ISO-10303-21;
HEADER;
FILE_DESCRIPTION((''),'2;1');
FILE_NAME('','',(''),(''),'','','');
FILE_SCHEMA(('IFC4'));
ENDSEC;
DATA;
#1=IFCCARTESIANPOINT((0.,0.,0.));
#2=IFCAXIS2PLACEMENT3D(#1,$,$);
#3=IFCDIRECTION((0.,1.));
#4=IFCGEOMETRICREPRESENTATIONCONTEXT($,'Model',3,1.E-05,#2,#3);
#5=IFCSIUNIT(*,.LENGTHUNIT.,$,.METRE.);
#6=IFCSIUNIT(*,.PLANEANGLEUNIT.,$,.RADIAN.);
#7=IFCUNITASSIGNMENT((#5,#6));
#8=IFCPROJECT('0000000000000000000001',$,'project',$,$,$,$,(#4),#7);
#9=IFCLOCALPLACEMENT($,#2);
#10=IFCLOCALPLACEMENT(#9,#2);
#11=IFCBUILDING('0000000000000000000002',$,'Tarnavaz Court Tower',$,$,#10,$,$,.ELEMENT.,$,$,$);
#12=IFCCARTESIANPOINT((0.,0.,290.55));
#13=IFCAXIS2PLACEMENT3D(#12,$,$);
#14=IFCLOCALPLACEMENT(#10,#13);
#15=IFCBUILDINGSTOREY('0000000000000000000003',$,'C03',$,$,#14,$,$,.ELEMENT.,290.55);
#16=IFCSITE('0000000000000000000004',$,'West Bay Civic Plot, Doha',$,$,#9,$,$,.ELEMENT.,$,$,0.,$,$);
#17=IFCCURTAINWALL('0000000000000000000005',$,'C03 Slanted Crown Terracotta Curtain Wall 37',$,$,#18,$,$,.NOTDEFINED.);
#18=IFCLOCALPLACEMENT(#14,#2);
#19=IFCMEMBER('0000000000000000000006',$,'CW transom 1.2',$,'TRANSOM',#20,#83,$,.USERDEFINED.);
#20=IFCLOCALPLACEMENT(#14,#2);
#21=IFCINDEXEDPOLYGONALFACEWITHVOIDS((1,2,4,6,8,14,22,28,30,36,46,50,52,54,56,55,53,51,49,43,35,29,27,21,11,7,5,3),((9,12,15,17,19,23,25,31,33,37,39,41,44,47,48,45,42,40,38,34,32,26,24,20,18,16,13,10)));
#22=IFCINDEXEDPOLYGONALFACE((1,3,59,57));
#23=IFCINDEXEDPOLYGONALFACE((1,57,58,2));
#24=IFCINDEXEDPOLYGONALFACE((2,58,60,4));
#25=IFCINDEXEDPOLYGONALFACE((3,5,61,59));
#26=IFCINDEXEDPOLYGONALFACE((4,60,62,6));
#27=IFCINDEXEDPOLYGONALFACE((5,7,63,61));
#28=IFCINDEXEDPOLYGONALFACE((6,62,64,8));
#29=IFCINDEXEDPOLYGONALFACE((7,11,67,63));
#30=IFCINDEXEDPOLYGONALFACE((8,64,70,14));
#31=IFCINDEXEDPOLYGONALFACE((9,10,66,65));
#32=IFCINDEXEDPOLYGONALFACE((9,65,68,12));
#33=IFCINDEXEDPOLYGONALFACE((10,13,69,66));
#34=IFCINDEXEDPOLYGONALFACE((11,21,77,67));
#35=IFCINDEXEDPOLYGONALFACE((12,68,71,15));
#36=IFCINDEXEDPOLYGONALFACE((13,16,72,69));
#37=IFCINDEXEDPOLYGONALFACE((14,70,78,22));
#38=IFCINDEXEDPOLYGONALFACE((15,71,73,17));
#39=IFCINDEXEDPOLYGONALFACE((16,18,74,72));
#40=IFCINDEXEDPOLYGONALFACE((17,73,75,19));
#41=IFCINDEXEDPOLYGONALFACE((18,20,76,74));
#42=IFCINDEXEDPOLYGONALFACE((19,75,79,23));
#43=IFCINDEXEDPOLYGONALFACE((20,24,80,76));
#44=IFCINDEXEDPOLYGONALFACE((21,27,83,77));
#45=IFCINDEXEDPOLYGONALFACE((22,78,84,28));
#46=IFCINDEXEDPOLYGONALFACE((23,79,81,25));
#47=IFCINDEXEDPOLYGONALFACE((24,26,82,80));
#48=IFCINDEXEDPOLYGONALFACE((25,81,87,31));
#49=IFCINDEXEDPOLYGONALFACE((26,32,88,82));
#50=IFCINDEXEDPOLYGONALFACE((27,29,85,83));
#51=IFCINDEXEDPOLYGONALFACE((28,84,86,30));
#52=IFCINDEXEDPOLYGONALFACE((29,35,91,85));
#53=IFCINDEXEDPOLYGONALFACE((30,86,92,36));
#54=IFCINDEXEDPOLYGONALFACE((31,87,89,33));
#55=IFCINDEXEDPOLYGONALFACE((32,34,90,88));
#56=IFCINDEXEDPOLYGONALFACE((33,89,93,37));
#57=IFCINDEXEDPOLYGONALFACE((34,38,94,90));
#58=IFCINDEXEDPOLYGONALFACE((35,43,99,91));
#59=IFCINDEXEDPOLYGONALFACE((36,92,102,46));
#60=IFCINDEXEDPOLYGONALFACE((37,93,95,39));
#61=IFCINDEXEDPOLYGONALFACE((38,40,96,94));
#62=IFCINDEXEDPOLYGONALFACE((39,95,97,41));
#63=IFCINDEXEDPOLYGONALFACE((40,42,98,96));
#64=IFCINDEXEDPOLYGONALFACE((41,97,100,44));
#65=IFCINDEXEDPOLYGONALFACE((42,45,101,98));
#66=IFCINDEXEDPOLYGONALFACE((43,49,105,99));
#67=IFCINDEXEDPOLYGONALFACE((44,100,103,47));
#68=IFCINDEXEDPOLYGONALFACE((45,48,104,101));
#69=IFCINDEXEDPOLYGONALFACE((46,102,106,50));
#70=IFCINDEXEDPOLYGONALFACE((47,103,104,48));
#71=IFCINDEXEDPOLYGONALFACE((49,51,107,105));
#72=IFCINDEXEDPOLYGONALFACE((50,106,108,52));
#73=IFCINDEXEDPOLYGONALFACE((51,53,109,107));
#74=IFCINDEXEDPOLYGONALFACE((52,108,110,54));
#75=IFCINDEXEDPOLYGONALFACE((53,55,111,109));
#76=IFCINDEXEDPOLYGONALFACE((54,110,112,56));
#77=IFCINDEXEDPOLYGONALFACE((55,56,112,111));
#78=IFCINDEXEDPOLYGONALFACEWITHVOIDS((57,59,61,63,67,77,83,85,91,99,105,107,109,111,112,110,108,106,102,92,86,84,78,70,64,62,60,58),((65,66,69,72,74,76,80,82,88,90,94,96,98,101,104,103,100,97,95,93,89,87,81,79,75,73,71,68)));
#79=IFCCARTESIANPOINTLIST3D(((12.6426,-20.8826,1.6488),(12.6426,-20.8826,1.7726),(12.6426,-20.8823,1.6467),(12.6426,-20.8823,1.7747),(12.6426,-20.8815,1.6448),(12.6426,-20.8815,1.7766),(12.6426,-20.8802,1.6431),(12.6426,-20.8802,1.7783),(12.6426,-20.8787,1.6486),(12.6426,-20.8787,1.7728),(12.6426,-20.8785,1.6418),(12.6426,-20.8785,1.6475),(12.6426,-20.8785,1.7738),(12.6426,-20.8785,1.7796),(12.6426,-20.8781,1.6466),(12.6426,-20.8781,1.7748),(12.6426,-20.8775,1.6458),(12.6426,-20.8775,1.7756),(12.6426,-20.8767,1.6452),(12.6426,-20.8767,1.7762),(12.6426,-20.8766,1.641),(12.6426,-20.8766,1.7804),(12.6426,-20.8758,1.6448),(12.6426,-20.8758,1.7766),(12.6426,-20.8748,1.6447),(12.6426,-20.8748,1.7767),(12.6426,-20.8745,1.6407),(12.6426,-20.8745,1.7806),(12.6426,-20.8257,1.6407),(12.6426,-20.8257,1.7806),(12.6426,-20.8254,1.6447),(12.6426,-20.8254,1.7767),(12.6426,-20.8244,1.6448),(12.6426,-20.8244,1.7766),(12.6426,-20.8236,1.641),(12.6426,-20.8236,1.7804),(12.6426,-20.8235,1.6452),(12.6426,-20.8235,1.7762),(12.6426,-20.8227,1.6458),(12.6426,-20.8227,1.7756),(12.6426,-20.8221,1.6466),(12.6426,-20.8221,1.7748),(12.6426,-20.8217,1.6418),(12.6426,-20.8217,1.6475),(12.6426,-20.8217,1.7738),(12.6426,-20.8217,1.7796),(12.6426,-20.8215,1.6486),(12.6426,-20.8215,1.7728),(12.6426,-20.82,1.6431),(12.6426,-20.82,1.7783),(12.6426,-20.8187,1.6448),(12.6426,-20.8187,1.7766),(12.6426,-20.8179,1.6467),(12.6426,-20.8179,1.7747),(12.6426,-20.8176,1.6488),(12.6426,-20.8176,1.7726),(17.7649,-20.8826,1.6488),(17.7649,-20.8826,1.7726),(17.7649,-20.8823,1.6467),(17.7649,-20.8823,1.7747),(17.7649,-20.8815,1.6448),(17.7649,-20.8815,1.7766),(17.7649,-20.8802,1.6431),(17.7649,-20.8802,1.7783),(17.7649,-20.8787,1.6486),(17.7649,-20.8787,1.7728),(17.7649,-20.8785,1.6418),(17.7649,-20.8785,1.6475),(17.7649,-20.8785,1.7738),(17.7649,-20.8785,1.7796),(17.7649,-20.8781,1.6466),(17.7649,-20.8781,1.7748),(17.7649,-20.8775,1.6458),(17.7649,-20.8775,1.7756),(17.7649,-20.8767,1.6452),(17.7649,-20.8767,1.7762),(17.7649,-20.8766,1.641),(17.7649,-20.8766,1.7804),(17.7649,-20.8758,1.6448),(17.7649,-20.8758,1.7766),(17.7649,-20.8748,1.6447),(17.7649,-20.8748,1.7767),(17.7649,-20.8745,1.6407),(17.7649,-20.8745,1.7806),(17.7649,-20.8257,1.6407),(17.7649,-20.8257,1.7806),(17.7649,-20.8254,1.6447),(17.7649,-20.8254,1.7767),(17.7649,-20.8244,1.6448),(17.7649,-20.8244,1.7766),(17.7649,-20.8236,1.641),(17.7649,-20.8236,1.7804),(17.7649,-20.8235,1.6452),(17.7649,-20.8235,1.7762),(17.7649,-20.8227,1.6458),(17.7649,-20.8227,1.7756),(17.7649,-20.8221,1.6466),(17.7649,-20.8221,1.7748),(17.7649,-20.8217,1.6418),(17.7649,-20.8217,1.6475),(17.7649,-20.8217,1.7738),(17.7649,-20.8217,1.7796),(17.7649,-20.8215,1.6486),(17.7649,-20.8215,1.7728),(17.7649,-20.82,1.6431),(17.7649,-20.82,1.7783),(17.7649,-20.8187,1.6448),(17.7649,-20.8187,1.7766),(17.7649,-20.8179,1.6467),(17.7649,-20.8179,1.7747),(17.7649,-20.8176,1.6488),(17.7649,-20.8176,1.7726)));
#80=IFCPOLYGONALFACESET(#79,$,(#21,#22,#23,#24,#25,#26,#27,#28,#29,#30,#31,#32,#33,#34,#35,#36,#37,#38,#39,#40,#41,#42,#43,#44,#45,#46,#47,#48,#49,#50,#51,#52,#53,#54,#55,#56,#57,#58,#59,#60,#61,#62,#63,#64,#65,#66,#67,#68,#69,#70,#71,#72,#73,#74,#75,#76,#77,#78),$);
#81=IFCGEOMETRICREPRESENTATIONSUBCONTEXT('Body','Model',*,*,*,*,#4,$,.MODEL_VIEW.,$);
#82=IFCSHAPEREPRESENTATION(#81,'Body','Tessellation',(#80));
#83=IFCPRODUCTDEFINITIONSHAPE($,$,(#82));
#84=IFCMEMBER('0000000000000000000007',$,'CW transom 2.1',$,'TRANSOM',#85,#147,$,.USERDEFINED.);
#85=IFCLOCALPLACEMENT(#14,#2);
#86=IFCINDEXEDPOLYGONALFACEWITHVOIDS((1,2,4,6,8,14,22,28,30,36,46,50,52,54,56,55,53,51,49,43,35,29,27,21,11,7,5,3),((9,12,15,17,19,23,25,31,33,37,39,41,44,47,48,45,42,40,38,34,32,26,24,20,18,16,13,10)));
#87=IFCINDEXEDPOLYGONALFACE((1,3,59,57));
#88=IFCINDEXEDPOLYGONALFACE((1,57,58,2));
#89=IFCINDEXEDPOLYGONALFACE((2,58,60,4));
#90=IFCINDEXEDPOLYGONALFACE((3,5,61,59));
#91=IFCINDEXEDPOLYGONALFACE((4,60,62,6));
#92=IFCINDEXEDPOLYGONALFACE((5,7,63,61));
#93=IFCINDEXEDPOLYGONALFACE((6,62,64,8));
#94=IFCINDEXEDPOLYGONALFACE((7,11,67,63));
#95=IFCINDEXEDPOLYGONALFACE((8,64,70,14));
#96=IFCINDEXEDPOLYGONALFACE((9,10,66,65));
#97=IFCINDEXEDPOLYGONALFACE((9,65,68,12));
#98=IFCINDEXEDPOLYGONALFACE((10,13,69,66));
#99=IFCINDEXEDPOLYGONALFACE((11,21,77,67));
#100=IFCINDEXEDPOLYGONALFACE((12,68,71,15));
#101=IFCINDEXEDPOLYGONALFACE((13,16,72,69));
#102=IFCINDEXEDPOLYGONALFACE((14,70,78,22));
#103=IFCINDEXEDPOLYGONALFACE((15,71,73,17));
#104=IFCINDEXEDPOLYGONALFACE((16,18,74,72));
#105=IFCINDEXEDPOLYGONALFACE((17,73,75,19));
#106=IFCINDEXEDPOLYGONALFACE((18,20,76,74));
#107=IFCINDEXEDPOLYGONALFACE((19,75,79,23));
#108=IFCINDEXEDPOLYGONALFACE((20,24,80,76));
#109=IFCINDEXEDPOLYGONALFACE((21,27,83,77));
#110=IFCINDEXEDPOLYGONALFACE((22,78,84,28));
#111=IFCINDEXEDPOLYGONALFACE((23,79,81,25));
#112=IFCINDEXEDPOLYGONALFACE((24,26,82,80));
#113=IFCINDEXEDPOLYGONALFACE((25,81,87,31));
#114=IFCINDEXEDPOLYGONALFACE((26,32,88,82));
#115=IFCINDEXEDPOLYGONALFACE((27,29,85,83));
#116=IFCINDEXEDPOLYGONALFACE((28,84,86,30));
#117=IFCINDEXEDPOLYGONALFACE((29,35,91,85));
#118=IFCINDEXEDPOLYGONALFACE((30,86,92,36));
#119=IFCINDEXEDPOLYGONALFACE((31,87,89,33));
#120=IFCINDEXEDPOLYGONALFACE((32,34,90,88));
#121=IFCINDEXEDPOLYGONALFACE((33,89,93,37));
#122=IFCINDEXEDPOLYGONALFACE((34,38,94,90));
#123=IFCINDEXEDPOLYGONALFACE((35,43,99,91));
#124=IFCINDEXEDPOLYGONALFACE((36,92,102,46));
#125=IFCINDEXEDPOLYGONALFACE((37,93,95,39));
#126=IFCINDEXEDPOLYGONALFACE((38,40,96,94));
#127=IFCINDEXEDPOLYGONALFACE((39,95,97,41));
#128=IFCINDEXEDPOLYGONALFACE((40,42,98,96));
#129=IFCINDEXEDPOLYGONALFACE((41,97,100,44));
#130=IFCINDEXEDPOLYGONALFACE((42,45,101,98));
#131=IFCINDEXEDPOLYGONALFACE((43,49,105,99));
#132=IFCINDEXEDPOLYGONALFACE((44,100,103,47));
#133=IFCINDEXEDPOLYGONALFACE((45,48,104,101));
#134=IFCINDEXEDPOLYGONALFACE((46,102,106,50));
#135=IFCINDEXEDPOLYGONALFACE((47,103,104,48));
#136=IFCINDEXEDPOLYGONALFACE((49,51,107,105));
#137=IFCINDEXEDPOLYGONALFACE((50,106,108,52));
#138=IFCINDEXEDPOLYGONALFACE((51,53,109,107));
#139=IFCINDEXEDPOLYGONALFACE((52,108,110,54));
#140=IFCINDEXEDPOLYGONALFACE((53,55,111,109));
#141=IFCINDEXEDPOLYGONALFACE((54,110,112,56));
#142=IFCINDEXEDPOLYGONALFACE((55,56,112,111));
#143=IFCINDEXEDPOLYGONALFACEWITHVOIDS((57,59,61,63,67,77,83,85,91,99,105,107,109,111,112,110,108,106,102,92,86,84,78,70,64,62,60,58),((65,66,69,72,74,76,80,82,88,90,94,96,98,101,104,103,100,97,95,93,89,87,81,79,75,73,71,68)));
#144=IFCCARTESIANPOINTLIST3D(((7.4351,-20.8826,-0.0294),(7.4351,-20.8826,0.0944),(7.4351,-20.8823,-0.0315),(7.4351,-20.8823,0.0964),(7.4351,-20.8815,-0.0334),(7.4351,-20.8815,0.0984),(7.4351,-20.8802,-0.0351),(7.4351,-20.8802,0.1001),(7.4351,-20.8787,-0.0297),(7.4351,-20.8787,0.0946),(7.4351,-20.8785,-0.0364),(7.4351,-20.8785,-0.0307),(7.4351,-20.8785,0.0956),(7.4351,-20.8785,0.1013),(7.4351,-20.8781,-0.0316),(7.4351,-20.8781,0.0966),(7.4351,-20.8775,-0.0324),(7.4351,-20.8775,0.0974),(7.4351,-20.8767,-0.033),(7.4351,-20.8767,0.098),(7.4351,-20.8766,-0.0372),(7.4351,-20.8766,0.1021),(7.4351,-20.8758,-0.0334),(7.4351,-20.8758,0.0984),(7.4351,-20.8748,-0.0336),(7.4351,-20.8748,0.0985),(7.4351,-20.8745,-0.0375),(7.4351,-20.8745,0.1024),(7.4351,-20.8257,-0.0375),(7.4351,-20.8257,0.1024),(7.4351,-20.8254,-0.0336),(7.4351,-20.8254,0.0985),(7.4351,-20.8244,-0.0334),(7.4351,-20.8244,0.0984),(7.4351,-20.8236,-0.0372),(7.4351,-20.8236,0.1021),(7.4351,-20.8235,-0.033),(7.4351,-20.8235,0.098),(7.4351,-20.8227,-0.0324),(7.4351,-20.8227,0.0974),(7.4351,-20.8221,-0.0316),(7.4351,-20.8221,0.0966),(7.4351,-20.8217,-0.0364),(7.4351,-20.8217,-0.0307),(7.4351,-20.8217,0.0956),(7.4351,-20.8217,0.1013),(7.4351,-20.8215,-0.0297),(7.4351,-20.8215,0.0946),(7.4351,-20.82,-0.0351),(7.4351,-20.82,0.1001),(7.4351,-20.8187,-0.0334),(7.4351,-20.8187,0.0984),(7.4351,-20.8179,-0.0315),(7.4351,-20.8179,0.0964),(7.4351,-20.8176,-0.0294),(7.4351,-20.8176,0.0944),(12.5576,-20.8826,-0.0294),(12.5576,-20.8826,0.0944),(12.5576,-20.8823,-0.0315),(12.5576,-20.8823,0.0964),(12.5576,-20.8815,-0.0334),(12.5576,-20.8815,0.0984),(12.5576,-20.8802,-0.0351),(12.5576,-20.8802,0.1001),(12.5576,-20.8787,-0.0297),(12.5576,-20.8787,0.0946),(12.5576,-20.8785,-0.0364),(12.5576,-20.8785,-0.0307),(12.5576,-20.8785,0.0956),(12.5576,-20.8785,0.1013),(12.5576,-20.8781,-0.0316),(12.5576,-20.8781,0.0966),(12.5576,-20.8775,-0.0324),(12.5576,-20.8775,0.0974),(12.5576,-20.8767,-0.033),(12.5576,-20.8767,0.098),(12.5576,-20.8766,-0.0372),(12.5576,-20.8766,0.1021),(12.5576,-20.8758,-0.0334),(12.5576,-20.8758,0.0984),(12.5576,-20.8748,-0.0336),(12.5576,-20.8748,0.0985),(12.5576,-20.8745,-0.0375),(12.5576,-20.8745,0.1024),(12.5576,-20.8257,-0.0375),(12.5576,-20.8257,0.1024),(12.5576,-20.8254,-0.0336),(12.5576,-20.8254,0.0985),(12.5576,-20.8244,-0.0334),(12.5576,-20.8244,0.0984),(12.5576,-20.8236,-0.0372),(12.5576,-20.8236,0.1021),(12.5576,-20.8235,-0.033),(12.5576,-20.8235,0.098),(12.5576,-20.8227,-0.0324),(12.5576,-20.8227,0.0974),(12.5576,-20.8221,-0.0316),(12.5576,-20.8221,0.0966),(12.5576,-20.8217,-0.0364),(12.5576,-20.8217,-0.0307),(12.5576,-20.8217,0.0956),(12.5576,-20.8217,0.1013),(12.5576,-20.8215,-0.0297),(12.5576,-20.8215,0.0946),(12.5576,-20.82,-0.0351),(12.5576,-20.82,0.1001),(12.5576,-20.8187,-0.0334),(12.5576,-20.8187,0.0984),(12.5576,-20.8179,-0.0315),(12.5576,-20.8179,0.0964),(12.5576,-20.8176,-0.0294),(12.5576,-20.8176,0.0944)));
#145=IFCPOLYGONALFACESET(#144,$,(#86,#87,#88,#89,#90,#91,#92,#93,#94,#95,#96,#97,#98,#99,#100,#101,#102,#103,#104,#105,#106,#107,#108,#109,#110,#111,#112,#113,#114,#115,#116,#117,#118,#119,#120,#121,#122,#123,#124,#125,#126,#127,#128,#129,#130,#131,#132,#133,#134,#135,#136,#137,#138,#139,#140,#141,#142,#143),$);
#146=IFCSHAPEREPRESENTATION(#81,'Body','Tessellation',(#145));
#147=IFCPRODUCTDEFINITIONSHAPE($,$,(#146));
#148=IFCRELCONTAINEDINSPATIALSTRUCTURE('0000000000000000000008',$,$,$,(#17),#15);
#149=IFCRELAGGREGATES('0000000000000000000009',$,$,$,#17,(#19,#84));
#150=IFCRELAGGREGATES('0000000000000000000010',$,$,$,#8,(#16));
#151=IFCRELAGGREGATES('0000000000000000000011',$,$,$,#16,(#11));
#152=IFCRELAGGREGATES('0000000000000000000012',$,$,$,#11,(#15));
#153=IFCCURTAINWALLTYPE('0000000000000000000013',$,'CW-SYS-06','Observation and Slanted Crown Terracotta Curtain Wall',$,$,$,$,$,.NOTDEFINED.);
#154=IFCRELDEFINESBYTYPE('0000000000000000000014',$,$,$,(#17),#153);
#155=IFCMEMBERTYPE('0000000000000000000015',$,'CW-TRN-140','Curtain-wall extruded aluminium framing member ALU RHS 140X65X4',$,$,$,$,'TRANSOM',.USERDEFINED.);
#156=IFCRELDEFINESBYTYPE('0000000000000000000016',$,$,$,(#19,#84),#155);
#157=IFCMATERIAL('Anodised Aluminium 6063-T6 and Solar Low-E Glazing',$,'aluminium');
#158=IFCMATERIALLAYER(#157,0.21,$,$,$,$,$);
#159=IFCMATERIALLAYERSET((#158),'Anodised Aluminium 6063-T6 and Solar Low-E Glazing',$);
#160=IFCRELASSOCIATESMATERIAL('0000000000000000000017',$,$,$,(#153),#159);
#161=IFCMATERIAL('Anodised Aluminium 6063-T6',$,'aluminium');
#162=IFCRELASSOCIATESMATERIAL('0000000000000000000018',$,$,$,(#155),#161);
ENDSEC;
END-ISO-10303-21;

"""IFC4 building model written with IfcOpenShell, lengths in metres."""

from ifc_helpers import new_model, si_unit, direction, frame, origin, origin_2d, place, context, subcontext, project, spatial, hollow_rectangle, extrude, material, layer, layer_set, material_profile, profile_set, type_object, element, aggregate, save


model = new_model("IFC4")

# Units and contexts
model_context = context("Model", 3, precision=1e-05, world=origin(), true_north=direction((0.0, 1.0)))
body_context = subcontext(model_context, "Body", "Model", "MODEL_VIEW")
ifc_project = project(units=[si_unit("LENGTHUNIT", "METRE"), si_unit("PLANEANGLEUNIT", "RADIAN")], contexts=[model_context])

# Site, building, storey
site_placement = place(None, origin())
site = spatial("IfcSite", under=ifc_project, at=site_placement, Name="West Bay Civic Plot, Doha", CompositionType="ELEMENT", RefElevation=0.0)
building_placement = place(site_placement, origin())
building = spatial("IfcBuilding", under=site, at=building_placement, Name="Tarnavaz Court Tower", CompositionType="ELEMENT")
storey_placement = place(building_placement, frame((0.0, 0.0, 290.55)))
storey = spatial("IfcBuildingStorey", under=building, at=storey_placement, Name="C03", CompositionType="ELEMENT", Elevation=290.55)

# Shared definitions
ifc_material_1 = material(Name="Anodised Aluminium 6063-T6 and Solar Low-E Glazing", Category="aluminium")
ifc_layer_1 = layer(ifc_material_1, 0.21)
ifc_layer_set_1 = layer_set([ifc_layer_1], Name="Anodised Aluminium 6063-T6 and Solar Low-E Glazing")
curtain_wall_type = type_object("IfcCurtainWallType", Name="CW-SYS-06", Description="Observation and Slanted Crown Terracotta Curtain Wall", PredefinedType="NOTDEFINED", material=ifc_layer_set_1)
ifc_material_2 = material(Name="Anodised Aluminium 6063-T6", Category="aluminium")

# Curtain wall
curtain_wall_1_placement = place(storey_placement, origin())
curtain_wall_1 = element("IfcCurtainWall", 1, at=curtain_wall_1_placement, inside=storey, type_object=curtain_wall_type, Name="C03 Slanted Crown Terracotta Curtain Wall 37", PredefinedType="NOTDEFINED")

# Members
ifc_material_profile_1 = material_profile(ifc_material_2, hollow_rectangle(XDim=0.0649, YDim=0.1399, WallThickness=0.0039, InnerFilletRadius=0.0039, OuterFilletRadius=0.0081, at=origin_2d()), Name="ALU RHS 140X65X4")
ifc_profile_set_1 = profile_set([ifc_material_profile_1], Name="Anodised Aluminium 6063-T6")
member_type_1 = type_object("IfcMemberType", Name="CW-TRN-140", Description="Curtain-wall extruded aluminium framing member ALU RHS 140X65X4", ElementType="TRANSOM", PredefinedType="USERDEFINED", material=ifc_profile_set_1)
member_1_placement = place(storey_placement, frame((17.7649, -20.8501, 1.7107), z_axis=(-1.0, 0.0, 0.0), x_axis=(0.0, -1.0, 0.0)))
member_1 = element("IfcMember", 2, at=member_1_placement, type_object=member_type_1, Name="CW transom 1.2", ObjectType="TRANSOM", PredefinedType="USERDEFINED", context=body_context, shape_type="SweptSolid", body=[
    extrude(hollow_rectangle(XDim=0.0649, YDim=0.1399, WallThickness=0.0039, InnerFilletRadius=0.0039, OuterFilletRadius=0.0081, at=origin_2d()), origin(), (0.0, 0.0, 1.0), 5.1223),
])
member_2_placement = place(storey_placement, frame((12.5576, -20.8501, 0.0325), z_axis=(-1.0, 0.0, 0.0), x_axis=(0.0, -1.0, 0.0)))
member_2 = element("IfcMember", 3, at=member_2_placement, type_object=member_type_1, Name="CW transom 2.1", ObjectType="TRANSOM", PredefinedType="USERDEFINED", context=body_context, shape_type="SweptSolid", body=[
    extrude(hollow_rectangle(XDim=0.0649, YDim=0.1399, WallThickness=0.0039, InnerFilletRadius=0.0039, OuterFilletRadius=0.0081, at=origin_2d()), origin(), (0.0, 0.0, 1.0), 5.1226),
])

aggregate(curtain_wall_1, [member_1, member_2])

save(model, "model.ifc")
